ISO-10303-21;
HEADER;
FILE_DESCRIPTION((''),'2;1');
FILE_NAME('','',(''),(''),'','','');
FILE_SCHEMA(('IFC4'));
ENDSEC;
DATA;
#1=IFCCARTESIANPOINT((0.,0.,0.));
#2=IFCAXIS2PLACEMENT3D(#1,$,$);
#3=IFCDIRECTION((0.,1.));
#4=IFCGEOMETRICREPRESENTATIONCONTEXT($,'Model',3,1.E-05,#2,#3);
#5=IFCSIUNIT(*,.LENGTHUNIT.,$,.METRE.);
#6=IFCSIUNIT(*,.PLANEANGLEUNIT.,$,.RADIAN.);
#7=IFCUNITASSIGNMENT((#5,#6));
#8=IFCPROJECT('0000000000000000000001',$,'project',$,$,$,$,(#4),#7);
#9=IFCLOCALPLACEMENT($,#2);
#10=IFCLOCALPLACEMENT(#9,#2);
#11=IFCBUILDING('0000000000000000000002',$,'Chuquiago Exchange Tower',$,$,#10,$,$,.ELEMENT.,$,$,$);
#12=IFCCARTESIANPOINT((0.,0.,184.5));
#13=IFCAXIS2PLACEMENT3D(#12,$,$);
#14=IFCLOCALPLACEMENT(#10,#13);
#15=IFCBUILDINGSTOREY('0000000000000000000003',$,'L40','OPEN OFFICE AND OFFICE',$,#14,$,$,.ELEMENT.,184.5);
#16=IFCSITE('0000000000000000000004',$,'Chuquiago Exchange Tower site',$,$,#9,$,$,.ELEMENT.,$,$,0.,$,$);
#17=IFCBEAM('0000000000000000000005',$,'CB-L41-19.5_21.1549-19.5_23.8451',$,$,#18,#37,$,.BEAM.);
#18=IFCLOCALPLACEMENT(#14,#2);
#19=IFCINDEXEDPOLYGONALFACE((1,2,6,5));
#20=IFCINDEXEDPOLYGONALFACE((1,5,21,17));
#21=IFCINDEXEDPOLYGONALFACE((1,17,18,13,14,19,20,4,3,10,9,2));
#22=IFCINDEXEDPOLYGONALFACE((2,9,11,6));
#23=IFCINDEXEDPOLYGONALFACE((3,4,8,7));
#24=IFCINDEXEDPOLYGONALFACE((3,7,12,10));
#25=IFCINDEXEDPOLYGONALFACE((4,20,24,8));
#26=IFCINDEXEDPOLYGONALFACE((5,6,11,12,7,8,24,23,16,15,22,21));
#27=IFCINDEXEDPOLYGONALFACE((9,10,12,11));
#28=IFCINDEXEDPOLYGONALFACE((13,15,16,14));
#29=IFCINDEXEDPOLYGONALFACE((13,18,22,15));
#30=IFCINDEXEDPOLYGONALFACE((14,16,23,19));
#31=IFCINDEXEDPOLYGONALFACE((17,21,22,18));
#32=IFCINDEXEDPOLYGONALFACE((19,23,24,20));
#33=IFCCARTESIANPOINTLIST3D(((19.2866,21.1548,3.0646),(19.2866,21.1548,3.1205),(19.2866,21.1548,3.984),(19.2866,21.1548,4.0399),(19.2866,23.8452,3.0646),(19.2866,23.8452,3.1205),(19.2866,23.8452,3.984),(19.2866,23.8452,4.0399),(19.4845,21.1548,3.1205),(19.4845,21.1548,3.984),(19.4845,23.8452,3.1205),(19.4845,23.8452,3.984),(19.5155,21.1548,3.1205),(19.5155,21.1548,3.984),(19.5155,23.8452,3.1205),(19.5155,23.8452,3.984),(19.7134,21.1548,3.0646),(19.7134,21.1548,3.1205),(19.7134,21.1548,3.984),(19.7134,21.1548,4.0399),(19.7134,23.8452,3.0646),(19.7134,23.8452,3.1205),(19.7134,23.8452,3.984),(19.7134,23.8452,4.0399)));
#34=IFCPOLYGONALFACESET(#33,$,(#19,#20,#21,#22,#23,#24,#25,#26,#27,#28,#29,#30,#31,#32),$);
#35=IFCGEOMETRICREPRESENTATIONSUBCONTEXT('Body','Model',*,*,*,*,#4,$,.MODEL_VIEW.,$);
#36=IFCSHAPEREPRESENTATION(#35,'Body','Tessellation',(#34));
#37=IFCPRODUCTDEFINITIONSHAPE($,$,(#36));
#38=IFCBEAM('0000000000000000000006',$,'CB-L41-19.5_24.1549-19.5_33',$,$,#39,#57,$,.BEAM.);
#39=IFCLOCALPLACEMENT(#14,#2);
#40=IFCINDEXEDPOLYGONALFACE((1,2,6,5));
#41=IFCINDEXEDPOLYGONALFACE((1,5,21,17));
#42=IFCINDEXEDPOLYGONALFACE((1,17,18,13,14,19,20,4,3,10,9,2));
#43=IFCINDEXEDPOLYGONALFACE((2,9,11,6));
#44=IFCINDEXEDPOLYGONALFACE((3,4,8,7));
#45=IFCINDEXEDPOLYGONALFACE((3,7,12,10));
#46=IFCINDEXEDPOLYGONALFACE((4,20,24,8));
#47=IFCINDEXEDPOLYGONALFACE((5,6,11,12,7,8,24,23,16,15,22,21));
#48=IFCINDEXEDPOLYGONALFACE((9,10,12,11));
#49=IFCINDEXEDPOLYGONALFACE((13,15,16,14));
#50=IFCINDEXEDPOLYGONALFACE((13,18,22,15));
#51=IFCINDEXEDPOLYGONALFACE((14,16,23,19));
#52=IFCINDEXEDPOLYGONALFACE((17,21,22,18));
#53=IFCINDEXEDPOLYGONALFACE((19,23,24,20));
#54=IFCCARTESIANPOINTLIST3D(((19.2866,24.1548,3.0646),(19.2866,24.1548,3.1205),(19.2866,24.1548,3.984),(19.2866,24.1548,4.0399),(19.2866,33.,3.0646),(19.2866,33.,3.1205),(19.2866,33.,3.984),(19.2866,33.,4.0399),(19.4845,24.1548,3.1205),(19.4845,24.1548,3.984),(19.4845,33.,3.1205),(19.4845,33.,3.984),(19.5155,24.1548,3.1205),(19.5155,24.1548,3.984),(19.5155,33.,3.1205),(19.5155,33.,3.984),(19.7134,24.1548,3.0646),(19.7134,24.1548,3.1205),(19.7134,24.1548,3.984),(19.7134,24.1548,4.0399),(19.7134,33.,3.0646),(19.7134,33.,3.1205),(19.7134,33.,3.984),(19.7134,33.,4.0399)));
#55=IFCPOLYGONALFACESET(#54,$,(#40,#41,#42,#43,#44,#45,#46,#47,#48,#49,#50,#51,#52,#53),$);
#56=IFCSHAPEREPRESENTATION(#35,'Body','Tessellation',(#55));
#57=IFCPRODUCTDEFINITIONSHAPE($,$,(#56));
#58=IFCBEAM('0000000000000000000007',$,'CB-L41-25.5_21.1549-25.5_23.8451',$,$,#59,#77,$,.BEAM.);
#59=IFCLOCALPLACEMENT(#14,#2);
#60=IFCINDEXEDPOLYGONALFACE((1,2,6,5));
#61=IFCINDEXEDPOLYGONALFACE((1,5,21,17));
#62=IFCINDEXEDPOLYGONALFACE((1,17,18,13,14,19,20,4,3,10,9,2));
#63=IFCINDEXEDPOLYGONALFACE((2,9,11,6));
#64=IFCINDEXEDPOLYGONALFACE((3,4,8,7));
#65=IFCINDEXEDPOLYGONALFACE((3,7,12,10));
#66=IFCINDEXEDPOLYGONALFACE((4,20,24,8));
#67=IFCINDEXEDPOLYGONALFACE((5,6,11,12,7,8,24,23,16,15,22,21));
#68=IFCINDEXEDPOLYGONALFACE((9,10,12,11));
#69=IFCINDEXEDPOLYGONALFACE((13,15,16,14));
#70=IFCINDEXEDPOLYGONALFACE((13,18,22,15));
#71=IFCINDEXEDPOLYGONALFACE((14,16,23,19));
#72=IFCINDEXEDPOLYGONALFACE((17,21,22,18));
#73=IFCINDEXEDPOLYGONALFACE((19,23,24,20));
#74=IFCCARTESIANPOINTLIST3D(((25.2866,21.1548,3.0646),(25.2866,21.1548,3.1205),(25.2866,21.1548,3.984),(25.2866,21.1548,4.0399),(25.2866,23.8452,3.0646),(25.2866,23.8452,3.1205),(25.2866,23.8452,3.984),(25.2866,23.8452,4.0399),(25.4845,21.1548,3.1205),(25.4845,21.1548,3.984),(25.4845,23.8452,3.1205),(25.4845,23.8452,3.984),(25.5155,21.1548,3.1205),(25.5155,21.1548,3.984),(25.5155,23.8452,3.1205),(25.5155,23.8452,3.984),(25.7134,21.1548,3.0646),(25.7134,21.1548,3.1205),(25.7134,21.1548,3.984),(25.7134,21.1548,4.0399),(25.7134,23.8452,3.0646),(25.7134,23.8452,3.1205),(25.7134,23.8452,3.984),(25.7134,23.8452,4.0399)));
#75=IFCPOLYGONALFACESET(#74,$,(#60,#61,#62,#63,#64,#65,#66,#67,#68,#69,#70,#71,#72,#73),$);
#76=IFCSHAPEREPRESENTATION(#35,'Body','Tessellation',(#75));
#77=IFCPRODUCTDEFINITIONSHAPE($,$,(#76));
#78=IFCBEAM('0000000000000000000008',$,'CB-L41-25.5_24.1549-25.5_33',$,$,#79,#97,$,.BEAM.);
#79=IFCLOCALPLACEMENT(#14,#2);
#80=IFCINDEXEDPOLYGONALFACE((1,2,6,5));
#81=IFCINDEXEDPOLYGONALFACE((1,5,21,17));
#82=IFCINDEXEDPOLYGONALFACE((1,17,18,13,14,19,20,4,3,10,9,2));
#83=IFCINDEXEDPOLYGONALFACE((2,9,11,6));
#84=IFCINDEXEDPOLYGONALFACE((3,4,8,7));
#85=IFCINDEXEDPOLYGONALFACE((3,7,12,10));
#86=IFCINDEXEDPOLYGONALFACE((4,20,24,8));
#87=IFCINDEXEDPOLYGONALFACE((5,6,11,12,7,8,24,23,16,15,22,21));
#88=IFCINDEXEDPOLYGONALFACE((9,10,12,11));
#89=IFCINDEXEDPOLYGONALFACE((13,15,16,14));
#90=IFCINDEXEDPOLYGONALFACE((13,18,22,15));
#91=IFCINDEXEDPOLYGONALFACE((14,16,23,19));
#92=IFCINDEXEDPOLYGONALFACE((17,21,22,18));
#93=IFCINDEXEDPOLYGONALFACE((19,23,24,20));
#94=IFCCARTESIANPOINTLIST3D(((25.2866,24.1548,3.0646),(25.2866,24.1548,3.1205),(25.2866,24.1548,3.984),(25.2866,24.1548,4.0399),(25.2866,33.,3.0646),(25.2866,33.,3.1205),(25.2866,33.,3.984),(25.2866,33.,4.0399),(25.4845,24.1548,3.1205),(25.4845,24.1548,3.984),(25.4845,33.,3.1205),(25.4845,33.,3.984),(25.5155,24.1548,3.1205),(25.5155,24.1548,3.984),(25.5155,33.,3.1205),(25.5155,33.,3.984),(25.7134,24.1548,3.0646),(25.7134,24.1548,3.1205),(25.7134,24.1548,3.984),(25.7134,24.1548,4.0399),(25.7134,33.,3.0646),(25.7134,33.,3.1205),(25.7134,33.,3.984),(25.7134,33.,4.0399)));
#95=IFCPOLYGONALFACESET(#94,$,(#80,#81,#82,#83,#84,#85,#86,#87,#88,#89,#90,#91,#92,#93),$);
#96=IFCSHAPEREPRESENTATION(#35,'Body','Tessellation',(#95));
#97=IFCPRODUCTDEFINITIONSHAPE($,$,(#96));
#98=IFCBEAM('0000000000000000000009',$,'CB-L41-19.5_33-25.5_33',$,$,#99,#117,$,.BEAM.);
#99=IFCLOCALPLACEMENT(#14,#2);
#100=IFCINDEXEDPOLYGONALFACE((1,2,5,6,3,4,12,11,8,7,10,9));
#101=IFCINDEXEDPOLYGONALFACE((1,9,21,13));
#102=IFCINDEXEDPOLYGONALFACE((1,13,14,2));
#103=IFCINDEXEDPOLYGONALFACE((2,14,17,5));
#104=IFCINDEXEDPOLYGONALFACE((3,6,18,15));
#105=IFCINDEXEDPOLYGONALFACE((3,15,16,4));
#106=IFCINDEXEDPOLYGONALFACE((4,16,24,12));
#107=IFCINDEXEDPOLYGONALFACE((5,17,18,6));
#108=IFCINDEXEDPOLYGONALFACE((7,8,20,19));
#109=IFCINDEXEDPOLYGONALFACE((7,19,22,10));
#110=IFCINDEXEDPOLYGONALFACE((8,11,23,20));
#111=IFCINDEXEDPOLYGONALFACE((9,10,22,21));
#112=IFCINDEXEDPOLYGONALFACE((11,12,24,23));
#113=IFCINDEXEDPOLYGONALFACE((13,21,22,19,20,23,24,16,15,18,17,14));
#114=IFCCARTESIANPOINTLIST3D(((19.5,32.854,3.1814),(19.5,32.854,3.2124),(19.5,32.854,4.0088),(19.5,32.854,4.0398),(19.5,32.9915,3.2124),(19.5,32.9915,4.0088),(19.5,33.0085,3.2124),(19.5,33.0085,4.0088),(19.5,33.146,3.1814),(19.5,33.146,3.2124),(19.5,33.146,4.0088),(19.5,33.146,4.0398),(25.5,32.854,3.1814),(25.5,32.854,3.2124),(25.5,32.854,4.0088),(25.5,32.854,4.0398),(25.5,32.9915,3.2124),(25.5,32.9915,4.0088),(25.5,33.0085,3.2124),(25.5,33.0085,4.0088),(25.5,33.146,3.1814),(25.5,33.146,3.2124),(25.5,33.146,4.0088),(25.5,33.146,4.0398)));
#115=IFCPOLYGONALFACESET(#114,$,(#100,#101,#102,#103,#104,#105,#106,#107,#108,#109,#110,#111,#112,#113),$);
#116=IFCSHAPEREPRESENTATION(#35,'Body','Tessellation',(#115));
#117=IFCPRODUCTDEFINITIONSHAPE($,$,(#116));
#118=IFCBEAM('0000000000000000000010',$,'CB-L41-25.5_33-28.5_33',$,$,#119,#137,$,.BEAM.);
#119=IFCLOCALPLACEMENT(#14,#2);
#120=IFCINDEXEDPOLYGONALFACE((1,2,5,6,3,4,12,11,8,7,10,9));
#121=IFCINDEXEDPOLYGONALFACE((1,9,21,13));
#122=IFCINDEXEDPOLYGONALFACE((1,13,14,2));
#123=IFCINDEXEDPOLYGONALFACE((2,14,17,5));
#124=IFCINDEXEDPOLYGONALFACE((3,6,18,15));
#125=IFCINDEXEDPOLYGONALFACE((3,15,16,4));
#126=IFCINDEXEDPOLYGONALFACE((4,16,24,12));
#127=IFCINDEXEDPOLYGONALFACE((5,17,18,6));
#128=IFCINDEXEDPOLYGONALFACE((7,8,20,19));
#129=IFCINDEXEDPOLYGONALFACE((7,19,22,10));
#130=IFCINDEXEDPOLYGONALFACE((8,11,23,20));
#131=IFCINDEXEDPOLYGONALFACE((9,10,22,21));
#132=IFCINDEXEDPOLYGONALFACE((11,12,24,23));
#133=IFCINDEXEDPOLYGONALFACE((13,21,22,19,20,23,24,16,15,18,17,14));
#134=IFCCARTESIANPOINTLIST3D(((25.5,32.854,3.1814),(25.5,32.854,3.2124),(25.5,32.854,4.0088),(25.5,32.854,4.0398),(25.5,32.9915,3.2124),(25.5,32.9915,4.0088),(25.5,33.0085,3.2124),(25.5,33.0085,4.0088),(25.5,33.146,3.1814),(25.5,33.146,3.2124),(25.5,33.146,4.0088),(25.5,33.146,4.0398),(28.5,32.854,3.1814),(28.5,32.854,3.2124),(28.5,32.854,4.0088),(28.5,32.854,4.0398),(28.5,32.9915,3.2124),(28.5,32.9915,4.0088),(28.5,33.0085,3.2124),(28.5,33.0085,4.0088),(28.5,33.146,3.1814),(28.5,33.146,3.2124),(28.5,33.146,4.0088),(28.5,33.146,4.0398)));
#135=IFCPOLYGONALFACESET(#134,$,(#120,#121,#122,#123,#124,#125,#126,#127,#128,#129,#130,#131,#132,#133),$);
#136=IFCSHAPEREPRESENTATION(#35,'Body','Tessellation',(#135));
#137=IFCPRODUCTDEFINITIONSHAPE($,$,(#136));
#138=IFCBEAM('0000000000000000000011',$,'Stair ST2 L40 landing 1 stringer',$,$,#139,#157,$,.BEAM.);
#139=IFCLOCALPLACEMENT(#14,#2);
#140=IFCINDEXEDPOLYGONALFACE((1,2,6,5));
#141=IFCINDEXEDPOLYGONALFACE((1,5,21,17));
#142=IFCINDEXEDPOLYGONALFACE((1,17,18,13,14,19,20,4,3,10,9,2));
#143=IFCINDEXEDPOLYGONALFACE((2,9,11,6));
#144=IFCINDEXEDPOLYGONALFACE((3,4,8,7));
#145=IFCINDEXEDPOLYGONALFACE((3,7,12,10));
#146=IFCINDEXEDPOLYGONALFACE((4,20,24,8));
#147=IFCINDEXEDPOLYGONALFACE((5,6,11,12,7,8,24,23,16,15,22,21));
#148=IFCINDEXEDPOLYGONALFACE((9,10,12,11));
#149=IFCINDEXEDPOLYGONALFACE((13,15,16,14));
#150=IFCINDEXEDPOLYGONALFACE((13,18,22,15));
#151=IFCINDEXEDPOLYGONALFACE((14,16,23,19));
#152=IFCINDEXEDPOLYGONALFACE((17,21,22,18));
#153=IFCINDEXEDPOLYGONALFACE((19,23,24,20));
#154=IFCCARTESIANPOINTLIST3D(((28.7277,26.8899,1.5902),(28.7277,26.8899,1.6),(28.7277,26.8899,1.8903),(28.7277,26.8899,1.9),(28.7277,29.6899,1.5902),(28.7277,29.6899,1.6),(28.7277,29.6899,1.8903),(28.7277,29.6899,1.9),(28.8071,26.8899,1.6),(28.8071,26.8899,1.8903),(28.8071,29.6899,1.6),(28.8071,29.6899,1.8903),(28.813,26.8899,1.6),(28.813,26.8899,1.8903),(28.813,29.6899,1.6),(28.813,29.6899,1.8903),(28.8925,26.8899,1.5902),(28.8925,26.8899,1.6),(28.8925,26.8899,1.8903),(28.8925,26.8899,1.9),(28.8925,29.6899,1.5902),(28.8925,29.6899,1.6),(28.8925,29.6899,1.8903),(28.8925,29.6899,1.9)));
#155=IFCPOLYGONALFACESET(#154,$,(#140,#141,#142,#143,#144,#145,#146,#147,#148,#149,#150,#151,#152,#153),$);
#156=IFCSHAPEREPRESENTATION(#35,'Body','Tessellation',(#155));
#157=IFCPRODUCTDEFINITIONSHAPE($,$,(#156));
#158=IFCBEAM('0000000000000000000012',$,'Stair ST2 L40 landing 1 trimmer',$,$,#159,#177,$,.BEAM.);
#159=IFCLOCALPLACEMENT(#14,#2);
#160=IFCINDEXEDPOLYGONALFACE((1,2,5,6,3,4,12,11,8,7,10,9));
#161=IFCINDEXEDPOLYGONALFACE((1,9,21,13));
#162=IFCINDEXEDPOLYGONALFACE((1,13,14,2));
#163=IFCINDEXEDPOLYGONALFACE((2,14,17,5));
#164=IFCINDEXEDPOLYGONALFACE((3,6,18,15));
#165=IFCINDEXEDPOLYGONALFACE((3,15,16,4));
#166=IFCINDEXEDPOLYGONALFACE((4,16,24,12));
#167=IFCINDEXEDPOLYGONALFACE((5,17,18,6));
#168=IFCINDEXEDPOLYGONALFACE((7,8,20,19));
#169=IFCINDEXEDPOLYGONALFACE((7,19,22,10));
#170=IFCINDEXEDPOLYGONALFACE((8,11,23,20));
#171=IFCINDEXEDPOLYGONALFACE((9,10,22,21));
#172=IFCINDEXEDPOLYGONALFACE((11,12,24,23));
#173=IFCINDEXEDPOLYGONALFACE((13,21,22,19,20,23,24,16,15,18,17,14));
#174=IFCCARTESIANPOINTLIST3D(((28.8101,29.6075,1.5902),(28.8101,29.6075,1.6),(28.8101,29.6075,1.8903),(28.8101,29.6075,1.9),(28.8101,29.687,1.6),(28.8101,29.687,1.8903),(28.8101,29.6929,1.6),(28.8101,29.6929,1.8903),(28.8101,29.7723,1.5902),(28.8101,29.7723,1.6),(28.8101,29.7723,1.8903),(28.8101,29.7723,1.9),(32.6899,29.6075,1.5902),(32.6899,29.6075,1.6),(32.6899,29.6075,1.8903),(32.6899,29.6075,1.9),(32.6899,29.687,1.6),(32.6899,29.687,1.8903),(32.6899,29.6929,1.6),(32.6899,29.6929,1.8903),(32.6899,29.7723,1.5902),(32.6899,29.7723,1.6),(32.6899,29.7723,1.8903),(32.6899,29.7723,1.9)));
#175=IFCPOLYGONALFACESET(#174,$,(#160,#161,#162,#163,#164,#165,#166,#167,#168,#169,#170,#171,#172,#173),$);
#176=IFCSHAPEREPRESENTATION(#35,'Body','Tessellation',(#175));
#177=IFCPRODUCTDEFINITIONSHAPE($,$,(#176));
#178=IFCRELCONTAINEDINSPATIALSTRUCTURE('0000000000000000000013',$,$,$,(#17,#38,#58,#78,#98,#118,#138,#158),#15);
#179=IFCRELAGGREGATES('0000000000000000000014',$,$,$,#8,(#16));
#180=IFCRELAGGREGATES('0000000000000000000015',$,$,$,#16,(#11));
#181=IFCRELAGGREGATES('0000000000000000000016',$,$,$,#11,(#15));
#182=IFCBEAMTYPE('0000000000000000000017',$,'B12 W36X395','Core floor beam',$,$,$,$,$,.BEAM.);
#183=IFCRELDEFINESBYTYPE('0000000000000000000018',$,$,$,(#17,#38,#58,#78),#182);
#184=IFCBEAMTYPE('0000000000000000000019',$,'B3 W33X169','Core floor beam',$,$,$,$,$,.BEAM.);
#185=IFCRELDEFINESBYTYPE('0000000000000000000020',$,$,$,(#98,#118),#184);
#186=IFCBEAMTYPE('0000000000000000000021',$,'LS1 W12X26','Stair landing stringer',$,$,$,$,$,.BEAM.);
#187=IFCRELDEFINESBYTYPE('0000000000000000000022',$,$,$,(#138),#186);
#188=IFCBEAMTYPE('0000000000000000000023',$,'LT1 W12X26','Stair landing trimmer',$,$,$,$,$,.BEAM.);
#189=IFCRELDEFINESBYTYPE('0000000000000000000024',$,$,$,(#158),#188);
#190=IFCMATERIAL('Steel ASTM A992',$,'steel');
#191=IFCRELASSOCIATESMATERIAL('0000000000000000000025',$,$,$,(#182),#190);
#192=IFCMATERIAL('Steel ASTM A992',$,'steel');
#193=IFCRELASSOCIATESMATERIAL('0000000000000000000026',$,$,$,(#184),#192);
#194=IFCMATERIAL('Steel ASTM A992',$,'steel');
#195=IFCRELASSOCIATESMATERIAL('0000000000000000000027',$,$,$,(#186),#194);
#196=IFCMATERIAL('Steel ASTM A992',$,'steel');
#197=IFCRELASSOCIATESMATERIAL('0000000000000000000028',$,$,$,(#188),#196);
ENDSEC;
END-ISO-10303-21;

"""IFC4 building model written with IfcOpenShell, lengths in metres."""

from ifc_helpers import new_model, si_unit, direction, frame, origin, origin_2d, place, context, subcontext, project, spatial, i_section, extrude, material, material_profile, profile_set, type_object, element, save


model = new_model("IFC4")

# Units and contexts
model_context = context("Model", 3, precision=1e-05, world=origin(), true_north=direction((0.0, 1.0)))
body_context = subcontext(model_context, "Body", "Model", "MODEL_VIEW")
ifc_project = project(units=[si_unit("LENGTHUNIT", "METRE"), si_unit("PLANEANGLEUNIT", "RADIAN")], contexts=[model_context])

# Site, building, storey
site_placement = place(None, origin())
site = spatial("IfcSite", under=ifc_project, at=site_placement, Name="Chuquiago Exchange Tower site", CompositionType="ELEMENT", RefElevation=0.0)
building_placement = place(site_placement, origin())
building = spatial("IfcBuilding", under=site, at=building_placement, Name="Chuquiago Exchange Tower", CompositionType="ELEMENT")
storey_placement = place(building_placement, frame((0.0, 0.0, 184.5)))
storey = spatial("IfcBuildingStorey", under=building, at=storey_placement, Name="L40", Description="OPEN OFFICE AND OFFICE", CompositionType="ELEMENT", Elevation=184.5)

# Beams
ifc_material_1 = material(Name="Steel ASTM A992", Category="steel")
ifc_material_profile_1 = material_profile(ifc_material_1, i_section(OverallWidth=0.4268, OverallDepth=0.9753, WebThickness=0.031, FlangeThickness=0.0559, at=origin_2d()), Name="W36X395")
ifc_profile_set_1 = profile_set([ifc_material_profile_1], Name="Steel ASTM A992")
beam_type_1 = type_object("IfcBeamType", Name="B12 W36X395", Description="Core floor beam", PredefinedType="BEAM", material=ifc_profile_set_1)
beam_1_placement = place(storey_placement, frame((19.5, 21.1548, 3.5522), z_axis=(0.0, 1.0, 0.0), x_axis=(-1.0, 0.0, 0.0)))
element("IfcBeam", 1, at=beam_1_placement, inside=storey, type_object=beam_type_1, Name="CB-L41-19.5_21.1549-19.5_23.8451", PredefinedType="BEAM", context=body_context, shape_type="SweptSolid", body=[
    extrude(i_section(OverallWidth=0.4268, OverallDepth=0.9753, WebThickness=0.031, FlangeThickness=0.0559, at=origin_2d()), origin(), (0.0, 0.0, 1.0), 2.6904),
])
beam_2_placement = place(storey_placement, frame((19.5, 24.1548, 3.5522), z_axis=(0.0, 1.0, 0.0), x_axis=(-1.0, 0.0, 0.0)))
element("IfcBeam", 2, at=beam_2_placement, inside=storey, type_object=beam_type_1, Name="CB-L41-19.5_24.1549-19.5_33", PredefinedType="BEAM", context=body_context, shape_type="SweptSolid", body=[
    extrude(i_section(OverallWidth=0.4268, OverallDepth=0.9753, WebThickness=0.031, FlangeThickness=0.0559, at=origin_2d()), origin(), (0.0, 0.0, 1.0), 8.8452),
])
beam_3_placement = place(storey_placement, frame((25.5, 21.1548, 3.5522), z_axis=(0.0, 1.0, 0.0), x_axis=(-1.0, 0.0, 0.0)))
element("IfcBeam", 3, at=beam_3_placement, inside=storey, type_object=beam_type_1, Name="CB-L41-25.5_21.1549-25.5_23.8451", PredefinedType="BEAM", context=body_context, shape_type="SweptSolid", body=[
    extrude(i_section(OverallWidth=0.4268, OverallDepth=0.9753, WebThickness=0.031, FlangeThickness=0.0559, at=origin_2d()), origin(), (0.0, 0.0, 1.0), 2.6904),
])
beam_4_placement = place(storey_placement, frame((25.5, 24.1548, 3.5522), z_axis=(0.0, 1.0, 0.0), x_axis=(-1.0, 0.0, 0.0)))
element("IfcBeam", 4, at=beam_4_placement, inside=storey, type_object=beam_type_1, Name="CB-L41-25.5_24.1549-25.5_33", PredefinedType="BEAM", context=body_context, shape_type="SweptSolid", body=[
    extrude(i_section(OverallWidth=0.4268, OverallDepth=0.9753, WebThickness=0.031, FlangeThickness=0.0559, at=origin_2d()), origin(), (0.0, 0.0, 1.0), 8.8452),
])
ifc_material_2 = material(Name="Steel ASTM A992", Category="steel")
ifc_material_profile_2 = material_profile(ifc_material_2, i_section(OverallWidth=0.292, OverallDepth=0.8584, WebThickness=0.0171, FlangeThickness=0.031, at=origin_2d()), Name="W33X169")
ifc_profile_set_2 = profile_set([ifc_material_profile_2], Name="Steel ASTM A992")
beam_type_2 = type_object("IfcBeamType", Name="B3 W33X169", Description="Core floor beam", PredefinedType="BEAM", material=ifc_profile_set_2)
beam_5_placement = place(storey_placement, frame((19.5, 33.0, 3.6106), z_axis=(1.0, 0.0, 0.0), x_axis=(0.0, 1.0, 0.0)))
element("IfcBeam", 5, at=beam_5_placement, inside=storey, type_object=beam_type_2, Name="CB-L41-19.5_33-25.5_33", PredefinedType="BEAM", context=body_context, shape_type="SweptSolid", body=[
    extrude(i_section(OverallWidth=0.292, OverallDepth=0.8584, WebThickness=0.0171, FlangeThickness=0.031, at=origin_2d()), origin(), (0.0, 0.0, 1.0), 6.0),
])
beam_6_placement = place(storey_placement, frame((25.5, 33.0, 3.6106), z_axis=(1.0, 0.0, 0.0), x_axis=(0.0, 1.0, 0.0)))
element("IfcBeam", 6, at=beam_6_placement, inside=storey, type_object=beam_type_2, Name="CB-L41-25.5_33-28.5_33", PredefinedType="BEAM", context=body_context, shape_type="SweptSolid", body=[
    extrude(i_section(OverallWidth=0.292, OverallDepth=0.8584, WebThickness=0.0171, FlangeThickness=0.031, at=origin_2d()), origin(), (0.0, 0.0, 1.0), 3.0),
])
ifc_material_3 = material(Name="Steel ASTM A992", Category="steel")
ifc_material_profile_3 = material_profile(ifc_material_3, i_section(OverallWidth=0.1648, OverallDepth=0.3098, WebThickness=0.0059, FlangeThickness=0.0098, at=origin_2d()), Name="W12X26")
ifc_profile_set_3 = profile_set([ifc_material_profile_3], Name="Steel ASTM A992")
beam_type_3 = type_object("IfcBeamType", Name="LS1 W12X26", Description="Stair landing stringer", PredefinedType="BEAM", material=ifc_profile_set_3)
beam_7_placement = place(storey_placement, frame((28.8101, 26.8899, 1.7451), z_axis=(0.0, 1.0, 0.0), x_axis=(-1.0, 0.0, 0.0)))
element("IfcBeam", 7, at=beam_7_placement, inside=storey, type_object=beam_type_3, Name="Stair ST2 L40 landing 1 stringer", PredefinedType="BEAM", context=body_context, shape_type="SweptSolid", body=[
    extrude(i_section(OverallWidth=0.1648, OverallDepth=0.3098, WebThickness=0.0059, FlangeThickness=0.0098, at=origin_2d()), origin(), (0.0, 0.0, 1.0), 2.8),
])
ifc_material_4 = material(Name="Steel ASTM A992", Category="steel")
ifc_material_profile_4 = material_profile(ifc_material_4, i_section(OverallWidth=0.1648, OverallDepth=0.3098, WebThickness=0.0059, FlangeThickness=0.0098, at=origin_2d()), Name="W12X26")
ifc_profile_set_4 = profile_set([ifc_material_profile_4], Name="Steel ASTM A992")
beam_type_4 = type_object("IfcBeamType", Name="LT1 W12X26", Description="Stair landing trimmer", PredefinedType="BEAM", material=ifc_profile_set_4)
for number, where, z_axis, x_axis, name in (
    (8, (28.8101, 29.6899, 1.7451), (1.0, 0.0, 0.0), (0.0, 1.0, 0.0), "Stair ST2 L40 landing 1 trimmer"),
):
    element("IfcBeam", number, at=place(storey_placement, frame(where, z_axis=z_axis, x_axis=x_axis)), inside=storey, type_object=beam_type_4, Name=name, PredefinedType="BEAM", context=body_context, shape_type="SweptSolid", body=[
        extrude(i_section(OverallWidth=0.1648, OverallDepth=0.3098, WebThickness=0.0059, FlangeThickness=0.0098, at=origin_2d()), origin(), (0.0, 0.0, 1.0), 3.8799),
    ])

save(model, "model.ifc")
